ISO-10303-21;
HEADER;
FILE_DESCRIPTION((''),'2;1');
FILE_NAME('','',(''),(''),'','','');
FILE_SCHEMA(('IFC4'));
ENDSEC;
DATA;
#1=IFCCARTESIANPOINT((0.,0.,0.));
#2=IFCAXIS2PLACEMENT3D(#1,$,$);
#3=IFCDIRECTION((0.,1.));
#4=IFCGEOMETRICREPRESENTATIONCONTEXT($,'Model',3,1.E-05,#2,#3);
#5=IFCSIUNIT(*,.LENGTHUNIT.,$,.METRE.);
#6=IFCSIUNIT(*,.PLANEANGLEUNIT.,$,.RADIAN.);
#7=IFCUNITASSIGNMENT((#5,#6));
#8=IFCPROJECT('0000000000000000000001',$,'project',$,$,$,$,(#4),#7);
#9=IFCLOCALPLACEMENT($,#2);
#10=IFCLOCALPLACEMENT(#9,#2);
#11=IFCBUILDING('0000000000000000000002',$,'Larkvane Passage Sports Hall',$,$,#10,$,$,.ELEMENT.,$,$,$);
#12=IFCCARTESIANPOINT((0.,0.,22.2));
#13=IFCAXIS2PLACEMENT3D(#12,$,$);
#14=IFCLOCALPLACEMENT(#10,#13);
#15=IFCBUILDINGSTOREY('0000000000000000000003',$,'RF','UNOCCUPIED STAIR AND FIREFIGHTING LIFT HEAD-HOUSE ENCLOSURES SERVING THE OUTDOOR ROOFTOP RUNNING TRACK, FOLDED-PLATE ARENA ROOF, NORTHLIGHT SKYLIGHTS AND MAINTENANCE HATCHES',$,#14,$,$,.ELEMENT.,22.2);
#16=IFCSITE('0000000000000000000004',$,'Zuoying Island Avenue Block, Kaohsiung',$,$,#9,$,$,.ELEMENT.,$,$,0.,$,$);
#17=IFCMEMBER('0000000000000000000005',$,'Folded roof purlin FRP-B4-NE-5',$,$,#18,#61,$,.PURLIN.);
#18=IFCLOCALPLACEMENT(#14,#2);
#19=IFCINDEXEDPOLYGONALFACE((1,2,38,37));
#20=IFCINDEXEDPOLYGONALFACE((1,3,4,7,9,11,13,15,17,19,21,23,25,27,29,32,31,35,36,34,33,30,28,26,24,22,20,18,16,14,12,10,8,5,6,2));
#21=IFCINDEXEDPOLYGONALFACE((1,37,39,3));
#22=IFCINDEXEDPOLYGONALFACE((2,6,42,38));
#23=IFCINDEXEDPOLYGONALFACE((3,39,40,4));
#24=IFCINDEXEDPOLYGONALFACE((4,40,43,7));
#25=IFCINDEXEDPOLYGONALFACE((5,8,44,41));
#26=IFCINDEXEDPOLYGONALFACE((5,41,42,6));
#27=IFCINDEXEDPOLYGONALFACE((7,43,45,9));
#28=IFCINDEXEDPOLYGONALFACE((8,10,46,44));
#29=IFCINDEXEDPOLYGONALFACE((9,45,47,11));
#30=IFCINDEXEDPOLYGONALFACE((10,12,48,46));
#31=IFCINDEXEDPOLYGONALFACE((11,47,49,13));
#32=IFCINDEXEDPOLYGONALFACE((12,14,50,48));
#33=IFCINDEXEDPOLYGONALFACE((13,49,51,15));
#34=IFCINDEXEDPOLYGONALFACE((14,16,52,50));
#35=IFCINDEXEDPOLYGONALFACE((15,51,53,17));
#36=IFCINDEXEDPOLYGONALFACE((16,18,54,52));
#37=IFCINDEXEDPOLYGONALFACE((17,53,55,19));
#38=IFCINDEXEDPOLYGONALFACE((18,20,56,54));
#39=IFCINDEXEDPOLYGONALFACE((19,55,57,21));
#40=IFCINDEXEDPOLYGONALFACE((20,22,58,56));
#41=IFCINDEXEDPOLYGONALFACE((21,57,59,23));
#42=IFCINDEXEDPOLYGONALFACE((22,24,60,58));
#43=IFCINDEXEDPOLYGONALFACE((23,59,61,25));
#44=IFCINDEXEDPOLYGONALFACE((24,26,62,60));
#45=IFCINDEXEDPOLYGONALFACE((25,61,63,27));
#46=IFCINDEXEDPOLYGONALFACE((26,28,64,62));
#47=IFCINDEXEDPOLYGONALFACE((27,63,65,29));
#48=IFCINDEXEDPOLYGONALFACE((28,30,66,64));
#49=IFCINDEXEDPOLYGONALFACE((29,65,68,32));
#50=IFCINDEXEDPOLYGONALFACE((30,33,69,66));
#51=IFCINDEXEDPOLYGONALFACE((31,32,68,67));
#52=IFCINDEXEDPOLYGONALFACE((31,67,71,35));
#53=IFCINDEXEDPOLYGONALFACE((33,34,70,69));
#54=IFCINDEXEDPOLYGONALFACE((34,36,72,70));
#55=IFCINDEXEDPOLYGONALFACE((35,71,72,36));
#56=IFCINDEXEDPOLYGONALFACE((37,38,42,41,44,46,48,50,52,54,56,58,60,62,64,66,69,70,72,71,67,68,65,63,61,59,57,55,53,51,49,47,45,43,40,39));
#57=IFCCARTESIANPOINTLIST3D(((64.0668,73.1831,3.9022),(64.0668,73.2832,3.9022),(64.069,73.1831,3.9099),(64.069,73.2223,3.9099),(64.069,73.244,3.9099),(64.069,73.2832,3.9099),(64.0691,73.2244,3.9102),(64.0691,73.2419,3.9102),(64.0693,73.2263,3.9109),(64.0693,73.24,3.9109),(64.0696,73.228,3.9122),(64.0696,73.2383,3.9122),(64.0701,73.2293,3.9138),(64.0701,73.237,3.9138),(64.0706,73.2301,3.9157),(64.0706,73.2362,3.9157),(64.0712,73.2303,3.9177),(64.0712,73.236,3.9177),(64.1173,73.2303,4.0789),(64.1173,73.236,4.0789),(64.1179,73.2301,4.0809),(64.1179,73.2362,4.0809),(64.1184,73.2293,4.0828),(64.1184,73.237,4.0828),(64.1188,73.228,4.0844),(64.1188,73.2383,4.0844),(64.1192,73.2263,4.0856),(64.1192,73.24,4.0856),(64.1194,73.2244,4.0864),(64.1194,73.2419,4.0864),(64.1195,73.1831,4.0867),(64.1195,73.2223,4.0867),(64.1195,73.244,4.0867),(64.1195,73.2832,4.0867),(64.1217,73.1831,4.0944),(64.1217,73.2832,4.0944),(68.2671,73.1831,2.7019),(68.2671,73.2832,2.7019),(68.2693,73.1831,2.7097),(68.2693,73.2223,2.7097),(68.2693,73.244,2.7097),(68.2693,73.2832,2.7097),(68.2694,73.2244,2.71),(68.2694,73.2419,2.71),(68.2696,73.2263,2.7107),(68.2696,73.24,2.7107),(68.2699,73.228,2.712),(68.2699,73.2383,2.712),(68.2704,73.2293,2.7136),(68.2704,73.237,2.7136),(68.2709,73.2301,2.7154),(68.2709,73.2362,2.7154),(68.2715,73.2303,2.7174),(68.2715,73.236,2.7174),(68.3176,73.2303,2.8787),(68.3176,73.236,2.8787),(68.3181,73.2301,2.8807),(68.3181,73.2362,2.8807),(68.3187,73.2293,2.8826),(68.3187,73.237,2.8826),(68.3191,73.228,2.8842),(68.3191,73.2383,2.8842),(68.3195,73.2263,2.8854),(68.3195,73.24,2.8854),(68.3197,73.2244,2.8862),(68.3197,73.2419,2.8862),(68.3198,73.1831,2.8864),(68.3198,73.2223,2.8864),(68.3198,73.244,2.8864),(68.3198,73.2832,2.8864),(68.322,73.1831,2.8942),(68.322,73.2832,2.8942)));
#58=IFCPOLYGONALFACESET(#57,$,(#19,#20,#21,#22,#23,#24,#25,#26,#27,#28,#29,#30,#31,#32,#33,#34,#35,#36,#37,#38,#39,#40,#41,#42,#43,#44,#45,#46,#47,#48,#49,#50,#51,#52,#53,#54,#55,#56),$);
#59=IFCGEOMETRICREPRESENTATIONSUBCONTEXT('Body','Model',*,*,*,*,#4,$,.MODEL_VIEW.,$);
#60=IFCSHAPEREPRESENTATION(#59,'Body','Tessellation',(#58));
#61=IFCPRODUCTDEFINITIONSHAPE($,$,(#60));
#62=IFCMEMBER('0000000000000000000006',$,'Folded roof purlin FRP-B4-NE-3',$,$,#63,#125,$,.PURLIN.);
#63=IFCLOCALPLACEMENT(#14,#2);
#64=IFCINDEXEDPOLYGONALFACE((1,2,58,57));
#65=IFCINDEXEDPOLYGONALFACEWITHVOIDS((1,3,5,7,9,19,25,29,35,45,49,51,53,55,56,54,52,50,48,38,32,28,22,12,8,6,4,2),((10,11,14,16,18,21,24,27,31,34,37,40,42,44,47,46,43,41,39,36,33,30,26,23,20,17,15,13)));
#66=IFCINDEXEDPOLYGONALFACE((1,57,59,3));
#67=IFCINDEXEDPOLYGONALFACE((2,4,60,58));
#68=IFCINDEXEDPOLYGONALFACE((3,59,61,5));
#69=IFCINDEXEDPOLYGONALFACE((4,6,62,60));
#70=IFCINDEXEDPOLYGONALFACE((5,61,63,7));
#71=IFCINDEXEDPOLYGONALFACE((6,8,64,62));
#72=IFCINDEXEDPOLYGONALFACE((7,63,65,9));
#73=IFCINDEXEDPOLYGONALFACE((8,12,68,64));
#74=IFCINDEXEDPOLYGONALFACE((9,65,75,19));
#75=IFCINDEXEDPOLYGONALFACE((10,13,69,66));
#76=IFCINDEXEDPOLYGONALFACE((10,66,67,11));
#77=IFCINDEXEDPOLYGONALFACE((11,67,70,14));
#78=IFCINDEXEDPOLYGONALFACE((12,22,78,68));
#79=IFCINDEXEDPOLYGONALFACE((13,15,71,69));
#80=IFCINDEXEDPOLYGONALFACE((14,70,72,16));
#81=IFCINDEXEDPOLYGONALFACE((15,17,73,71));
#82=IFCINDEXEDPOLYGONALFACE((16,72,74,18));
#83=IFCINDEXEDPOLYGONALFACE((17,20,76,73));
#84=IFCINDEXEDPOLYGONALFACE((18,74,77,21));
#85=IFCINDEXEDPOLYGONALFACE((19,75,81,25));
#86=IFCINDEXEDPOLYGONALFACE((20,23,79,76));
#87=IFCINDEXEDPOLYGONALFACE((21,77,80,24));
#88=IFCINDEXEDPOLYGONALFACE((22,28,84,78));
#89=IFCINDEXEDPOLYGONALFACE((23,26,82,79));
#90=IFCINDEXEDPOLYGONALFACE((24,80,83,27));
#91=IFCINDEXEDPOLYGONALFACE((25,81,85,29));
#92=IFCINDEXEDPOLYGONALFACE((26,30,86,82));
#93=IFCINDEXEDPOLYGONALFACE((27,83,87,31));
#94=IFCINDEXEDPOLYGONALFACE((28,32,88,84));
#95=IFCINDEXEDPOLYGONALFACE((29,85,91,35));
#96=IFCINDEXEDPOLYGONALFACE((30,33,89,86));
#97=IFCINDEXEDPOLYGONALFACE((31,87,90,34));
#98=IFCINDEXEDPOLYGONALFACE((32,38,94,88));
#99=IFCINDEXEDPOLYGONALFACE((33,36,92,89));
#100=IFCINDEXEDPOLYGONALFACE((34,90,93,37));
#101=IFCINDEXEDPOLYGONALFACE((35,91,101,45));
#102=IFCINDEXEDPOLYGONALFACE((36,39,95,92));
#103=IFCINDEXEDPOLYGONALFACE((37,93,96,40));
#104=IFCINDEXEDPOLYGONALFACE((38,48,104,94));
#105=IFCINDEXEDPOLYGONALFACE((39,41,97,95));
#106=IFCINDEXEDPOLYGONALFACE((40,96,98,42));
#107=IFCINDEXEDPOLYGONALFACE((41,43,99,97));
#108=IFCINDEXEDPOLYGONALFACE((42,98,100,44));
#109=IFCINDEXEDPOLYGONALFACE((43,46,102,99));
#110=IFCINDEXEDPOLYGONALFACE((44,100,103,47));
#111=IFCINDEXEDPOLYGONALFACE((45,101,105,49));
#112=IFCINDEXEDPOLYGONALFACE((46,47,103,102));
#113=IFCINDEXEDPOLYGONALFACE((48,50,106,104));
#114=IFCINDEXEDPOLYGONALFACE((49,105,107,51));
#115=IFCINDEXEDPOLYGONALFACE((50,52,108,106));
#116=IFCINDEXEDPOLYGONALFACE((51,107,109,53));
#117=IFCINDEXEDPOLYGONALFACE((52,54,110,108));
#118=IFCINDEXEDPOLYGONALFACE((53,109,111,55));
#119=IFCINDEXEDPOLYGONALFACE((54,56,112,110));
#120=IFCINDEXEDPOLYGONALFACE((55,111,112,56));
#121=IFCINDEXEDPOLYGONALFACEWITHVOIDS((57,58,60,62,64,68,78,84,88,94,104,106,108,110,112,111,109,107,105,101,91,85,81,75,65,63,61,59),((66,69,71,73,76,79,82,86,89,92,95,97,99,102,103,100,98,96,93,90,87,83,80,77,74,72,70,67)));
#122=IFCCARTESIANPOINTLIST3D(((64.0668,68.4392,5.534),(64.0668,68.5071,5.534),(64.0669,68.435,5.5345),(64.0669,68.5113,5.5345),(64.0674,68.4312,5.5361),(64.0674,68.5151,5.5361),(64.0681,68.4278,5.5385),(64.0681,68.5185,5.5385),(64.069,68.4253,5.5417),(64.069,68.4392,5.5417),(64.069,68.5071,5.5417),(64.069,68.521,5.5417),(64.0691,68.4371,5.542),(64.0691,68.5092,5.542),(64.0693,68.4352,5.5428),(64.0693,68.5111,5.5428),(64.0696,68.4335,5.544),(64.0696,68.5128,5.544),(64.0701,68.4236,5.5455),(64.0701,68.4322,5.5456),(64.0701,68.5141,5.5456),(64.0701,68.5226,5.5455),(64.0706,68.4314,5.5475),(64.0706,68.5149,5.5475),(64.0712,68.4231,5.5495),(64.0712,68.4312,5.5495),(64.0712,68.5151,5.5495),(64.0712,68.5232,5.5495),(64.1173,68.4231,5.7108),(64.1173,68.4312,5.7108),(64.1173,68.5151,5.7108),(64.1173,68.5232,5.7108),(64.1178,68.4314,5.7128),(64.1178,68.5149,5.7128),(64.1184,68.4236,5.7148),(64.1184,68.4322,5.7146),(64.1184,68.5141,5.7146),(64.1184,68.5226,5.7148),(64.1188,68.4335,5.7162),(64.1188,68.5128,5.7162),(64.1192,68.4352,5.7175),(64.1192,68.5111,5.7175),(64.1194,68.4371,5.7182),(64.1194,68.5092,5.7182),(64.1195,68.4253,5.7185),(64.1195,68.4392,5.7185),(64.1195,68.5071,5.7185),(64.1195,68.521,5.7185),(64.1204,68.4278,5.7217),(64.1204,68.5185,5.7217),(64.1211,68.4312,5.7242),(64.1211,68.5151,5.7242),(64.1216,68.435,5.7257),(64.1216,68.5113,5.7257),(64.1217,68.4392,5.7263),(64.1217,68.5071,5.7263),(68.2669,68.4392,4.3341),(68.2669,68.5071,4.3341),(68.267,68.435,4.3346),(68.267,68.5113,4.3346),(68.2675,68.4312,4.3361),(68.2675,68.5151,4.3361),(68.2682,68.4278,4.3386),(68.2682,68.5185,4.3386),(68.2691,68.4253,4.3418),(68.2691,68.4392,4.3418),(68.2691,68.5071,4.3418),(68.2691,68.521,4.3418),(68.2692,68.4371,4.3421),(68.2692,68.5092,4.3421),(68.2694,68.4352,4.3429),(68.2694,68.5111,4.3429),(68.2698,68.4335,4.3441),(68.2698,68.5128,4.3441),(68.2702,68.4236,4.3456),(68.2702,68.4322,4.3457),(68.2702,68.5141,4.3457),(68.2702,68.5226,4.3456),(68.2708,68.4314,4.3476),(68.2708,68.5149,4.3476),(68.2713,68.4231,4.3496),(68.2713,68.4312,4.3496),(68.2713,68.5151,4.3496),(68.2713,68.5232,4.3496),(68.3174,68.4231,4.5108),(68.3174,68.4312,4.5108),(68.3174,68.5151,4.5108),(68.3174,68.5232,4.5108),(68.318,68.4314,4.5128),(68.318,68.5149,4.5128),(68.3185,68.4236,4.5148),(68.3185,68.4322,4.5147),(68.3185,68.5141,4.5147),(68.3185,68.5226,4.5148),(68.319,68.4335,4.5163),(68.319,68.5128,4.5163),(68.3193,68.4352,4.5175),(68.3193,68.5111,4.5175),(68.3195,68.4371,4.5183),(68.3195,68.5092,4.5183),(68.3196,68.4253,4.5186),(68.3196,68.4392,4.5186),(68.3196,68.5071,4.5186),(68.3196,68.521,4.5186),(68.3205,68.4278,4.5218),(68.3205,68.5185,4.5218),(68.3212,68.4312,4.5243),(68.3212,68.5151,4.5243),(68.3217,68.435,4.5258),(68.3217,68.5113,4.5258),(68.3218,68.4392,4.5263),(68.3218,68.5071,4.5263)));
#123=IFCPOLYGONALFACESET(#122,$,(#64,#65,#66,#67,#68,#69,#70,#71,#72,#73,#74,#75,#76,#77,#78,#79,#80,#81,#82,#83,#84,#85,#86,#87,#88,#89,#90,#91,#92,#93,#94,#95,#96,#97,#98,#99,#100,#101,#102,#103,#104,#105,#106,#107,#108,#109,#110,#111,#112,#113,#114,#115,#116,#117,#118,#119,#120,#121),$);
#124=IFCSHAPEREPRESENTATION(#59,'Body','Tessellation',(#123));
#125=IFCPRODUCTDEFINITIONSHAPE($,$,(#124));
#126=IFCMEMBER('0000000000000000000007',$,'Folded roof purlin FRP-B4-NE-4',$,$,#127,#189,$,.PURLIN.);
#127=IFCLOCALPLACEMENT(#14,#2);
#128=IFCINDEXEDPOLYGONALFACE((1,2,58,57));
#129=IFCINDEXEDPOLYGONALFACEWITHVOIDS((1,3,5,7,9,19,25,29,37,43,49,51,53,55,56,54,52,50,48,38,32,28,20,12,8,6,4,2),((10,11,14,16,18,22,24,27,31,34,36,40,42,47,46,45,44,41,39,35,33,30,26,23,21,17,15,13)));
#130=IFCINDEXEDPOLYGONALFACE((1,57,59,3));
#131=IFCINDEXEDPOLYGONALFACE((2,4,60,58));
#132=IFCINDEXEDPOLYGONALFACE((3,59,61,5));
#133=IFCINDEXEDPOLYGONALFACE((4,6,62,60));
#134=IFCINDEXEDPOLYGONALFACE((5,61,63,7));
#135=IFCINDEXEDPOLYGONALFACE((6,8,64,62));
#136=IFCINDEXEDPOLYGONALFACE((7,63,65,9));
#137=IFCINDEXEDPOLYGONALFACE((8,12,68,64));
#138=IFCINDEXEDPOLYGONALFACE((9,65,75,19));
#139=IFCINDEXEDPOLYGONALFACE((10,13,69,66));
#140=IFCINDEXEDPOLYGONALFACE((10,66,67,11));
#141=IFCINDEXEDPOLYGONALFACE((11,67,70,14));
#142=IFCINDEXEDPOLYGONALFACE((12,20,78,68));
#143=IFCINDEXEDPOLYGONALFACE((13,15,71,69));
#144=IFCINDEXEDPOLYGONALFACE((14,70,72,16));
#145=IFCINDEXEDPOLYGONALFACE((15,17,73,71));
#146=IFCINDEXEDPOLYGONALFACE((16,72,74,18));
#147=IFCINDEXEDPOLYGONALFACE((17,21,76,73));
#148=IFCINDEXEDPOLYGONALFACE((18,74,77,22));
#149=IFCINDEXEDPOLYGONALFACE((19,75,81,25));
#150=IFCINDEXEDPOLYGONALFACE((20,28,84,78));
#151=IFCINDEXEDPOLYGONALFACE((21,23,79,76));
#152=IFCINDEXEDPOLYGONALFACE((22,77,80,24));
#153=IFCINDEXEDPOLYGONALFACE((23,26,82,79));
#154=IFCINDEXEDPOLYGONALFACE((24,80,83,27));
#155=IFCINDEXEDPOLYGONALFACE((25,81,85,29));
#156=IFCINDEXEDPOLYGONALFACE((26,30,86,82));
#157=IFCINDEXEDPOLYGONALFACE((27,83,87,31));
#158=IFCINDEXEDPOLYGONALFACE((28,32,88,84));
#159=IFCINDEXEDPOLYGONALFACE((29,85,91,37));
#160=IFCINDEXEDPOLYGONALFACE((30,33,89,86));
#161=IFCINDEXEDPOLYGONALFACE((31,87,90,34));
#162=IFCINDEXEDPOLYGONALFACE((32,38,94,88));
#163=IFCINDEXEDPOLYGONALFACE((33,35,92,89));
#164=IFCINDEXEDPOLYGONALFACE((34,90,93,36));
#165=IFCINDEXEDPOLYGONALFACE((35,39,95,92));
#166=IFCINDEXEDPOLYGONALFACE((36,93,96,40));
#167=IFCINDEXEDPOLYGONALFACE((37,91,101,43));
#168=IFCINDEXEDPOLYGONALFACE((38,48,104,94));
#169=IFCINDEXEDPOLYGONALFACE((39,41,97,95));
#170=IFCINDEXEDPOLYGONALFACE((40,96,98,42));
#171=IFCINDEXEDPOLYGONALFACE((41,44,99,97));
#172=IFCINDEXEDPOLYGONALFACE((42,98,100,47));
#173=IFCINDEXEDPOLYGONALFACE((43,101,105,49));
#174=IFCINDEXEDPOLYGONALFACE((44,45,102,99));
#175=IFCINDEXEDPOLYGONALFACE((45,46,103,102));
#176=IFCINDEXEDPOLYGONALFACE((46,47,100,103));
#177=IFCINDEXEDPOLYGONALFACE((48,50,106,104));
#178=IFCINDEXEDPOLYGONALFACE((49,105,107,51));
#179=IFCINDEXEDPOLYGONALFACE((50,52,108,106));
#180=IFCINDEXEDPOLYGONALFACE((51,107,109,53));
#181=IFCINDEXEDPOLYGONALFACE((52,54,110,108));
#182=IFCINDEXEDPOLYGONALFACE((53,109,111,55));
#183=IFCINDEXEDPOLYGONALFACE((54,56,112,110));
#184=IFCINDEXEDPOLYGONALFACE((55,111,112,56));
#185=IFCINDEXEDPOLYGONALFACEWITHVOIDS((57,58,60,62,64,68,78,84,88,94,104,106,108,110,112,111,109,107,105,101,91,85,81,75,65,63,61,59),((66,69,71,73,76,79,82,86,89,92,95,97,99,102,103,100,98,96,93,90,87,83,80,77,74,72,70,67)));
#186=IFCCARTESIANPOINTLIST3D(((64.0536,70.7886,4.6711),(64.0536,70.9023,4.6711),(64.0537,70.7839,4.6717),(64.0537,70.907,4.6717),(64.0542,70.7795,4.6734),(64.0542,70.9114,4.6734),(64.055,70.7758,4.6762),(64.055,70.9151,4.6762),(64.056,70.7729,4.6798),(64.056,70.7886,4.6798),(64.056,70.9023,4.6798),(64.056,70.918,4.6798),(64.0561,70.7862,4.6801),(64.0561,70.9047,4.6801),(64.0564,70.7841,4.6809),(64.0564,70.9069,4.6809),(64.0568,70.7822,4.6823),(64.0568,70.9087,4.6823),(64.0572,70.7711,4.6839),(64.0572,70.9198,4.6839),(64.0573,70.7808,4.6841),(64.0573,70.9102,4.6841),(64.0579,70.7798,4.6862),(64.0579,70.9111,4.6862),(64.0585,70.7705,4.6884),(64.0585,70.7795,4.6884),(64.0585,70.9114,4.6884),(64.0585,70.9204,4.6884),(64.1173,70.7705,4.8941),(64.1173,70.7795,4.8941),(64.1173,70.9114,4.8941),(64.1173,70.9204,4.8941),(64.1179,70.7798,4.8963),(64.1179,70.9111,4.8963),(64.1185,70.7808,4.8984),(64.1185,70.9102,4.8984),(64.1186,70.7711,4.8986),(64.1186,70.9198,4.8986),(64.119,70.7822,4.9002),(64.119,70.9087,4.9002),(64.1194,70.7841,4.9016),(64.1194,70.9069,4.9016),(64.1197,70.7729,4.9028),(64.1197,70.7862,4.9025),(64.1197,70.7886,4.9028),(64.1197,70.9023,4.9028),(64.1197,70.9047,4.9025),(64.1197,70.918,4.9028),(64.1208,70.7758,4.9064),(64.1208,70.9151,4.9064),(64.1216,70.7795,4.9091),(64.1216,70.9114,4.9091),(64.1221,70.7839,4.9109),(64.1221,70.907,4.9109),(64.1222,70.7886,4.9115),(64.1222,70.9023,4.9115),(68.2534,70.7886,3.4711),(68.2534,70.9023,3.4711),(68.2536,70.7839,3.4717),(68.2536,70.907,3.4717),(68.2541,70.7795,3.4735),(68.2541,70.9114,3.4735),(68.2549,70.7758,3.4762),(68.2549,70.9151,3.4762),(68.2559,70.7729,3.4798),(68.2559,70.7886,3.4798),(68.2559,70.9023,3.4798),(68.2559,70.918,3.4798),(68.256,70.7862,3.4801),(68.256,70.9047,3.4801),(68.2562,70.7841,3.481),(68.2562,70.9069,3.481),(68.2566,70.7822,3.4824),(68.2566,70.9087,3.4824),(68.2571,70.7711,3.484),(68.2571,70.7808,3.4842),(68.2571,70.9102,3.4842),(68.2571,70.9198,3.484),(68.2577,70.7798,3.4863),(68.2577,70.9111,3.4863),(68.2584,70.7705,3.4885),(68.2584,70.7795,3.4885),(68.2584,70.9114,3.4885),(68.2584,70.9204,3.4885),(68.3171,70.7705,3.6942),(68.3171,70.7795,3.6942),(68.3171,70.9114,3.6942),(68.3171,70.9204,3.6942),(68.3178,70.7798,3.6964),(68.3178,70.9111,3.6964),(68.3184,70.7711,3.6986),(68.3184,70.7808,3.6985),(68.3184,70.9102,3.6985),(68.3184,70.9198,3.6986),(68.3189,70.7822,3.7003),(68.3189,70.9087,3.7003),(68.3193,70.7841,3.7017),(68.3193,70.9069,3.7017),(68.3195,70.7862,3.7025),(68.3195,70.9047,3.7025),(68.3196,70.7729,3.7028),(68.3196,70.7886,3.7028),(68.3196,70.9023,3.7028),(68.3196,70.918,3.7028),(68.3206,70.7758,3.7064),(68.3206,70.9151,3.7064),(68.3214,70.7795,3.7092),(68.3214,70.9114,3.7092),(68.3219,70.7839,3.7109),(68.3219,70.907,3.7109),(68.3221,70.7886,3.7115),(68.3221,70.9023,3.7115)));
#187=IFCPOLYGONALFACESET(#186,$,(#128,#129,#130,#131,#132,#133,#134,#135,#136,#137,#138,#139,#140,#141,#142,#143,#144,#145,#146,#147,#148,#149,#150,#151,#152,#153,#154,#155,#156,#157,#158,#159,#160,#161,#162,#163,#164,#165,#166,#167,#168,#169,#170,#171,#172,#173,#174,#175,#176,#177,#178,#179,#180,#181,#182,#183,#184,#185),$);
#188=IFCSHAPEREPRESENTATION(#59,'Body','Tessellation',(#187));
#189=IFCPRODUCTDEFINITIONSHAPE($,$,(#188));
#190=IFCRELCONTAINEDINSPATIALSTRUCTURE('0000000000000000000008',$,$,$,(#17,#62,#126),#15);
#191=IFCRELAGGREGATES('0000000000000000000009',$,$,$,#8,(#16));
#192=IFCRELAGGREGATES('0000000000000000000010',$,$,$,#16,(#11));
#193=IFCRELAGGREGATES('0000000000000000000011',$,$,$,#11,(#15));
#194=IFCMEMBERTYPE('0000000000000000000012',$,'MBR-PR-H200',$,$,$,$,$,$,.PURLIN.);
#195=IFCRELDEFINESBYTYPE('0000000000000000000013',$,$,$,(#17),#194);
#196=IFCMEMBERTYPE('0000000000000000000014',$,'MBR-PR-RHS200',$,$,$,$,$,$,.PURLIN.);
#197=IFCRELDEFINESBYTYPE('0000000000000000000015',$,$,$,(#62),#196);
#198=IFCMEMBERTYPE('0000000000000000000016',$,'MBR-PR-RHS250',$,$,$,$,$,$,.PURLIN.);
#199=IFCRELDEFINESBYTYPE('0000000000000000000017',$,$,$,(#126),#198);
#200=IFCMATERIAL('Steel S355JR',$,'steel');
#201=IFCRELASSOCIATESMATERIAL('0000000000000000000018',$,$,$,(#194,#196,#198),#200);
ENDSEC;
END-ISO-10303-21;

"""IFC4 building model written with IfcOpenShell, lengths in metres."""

from ifc_helpers import new_model, si_unit, direction, frame, origin, origin_2d, place, context, subcontext, project, spatial, hollow_rectangle, i_section, extrude, material, material_profile, profile_set, type_object, element, save


model = new_model("IFC4")

# Units and contexts
model_context = context("Model", 3, precision=1e-05, world=origin(), true_north=direction((0.0, 1.0)))
body_context = subcontext(model_context, "Body", "Model", "MODEL_VIEW")
ifc_project = project(units=[si_unit("LENGTHUNIT", "METRE"), si_unit("PLANEANGLEUNIT", "RADIAN")], contexts=[model_context])

# Site, building, storey
site_placement = place(None, origin())
site = spatial("IfcSite", under=ifc_project, at=site_placement, Name="Zuoying Island Avenue Block, Kaohsiung", CompositionType="ELEMENT", RefElevation=0.0)
building_placement = place(site_placement, origin())
building = spatial("IfcBuilding", under=site, at=building_placement, Name="Larkvane Passage Sports Hall", CompositionType="ELEMENT")
storey_placement = place(building_placement, frame((0.0, 0.0, 22.2)))
storey = spatial("IfcBuildingStorey", under=building, at=storey_placement, Name="RF", Description="UNOCCUPIED STAIR AND FIREFIGHTING LIFT HEAD-HOUSE ENCLOSURES SERVING THE OUTDOOR ROOFTOP RUNNING TRACK, FOLDED-PLATE ARENA ROOF, NORTHLIGHT SKYLIGHTS AND MAINTENANCE HATCHES", CompositionType="ELEMENT", Elevation=22.2)

# Members
ifc_material_1 = material(Name="Steel S355JR", Category="steel")
ifc_material_profile_1 = material_profile(ifc_material_1, i_section(OverallWidth=0.1001, OverallDepth=0.2, WebThickness=0.0056, FlangeThickness=0.0081, FilletRadius=0.0081, at=origin_2d()), Name="H-200x100x5.5x8")
ifc_profile_set_1 = profile_set([ifc_material_profile_1], Name="Steel S355JR")
member_type_1 = type_object("IfcMemberType", Name="MBR-PR-H200", PredefinedType="PURLIN", material=ifc_profile_set_1)
member_1_placement = place(storey_placement, frame((64.0942, 73.2332, 3.9983), z_axis=(0.961516, 0.0, -0.274751), x_axis=(0.0, 1.0, 0.0)))
element("IfcMember", 1, at=member_1_placement, inside=storey, type_object=member_type_1, Name="Folded roof purlin FRP-B4-NE-5", PredefinedType="PURLIN", context=body_context, shape_type="SweptSolid", body=[
    extrude(i_section(OverallWidth=0.1001, OverallDepth=0.2, WebThickness=0.0056, FlangeThickness=0.0081, FilletRadius=0.0081, at=origin_2d()), origin(), (0.0, 0.0, 1.0), 4.3684),
])
ifc_material_profile_2 = material_profile(ifc_material_1, hollow_rectangle(XDim=0.1001, YDim=0.2, WallThickness=0.0081, InnerFilletRadius=0.0081, OuterFilletRadius=0.0161, at=origin_2d()), Name="RHS-200x100x8")
ifc_profile_set_2 = profile_set([ifc_material_profile_2], Name="Steel S355JR")
member_type_2 = type_object("IfcMemberType", Name="MBR-PR-RHS200", PredefinedType="PURLIN", material=ifc_profile_set_2)
member_2_placement = place(storey_placement, frame((64.0942, 68.4731, 5.6301), z_axis=(0.96153, 0.0, -0.274699), x_axis=(0.0, 1.0, 0.0)))
element("IfcMember", 2, at=member_2_placement, inside=storey, type_object=member_type_2, Name="Folded roof purlin FRP-B4-NE-3", PredefinedType="PURLIN", context=body_context, shape_type="SweptSolid", body=[
    extrude(hollow_rectangle(XDim=0.1001, YDim=0.2, WallThickness=0.0081, InnerFilletRadius=0.0081, OuterFilletRadius=0.0161, at=origin_2d()), origin(), (0.0, 0.0, 1.0), 4.3682),
])
ifc_material_profile_3 = material_profile(ifc_material_1, hollow_rectangle(XDim=0.1499, YDim=0.25, WallThickness=0.009, InnerFilletRadius=0.009, OuterFilletRadius=0.0181, at=origin_2d()), Name="RHS-250x150x9")
ifc_profile_set_3 = profile_set([ifc_material_profile_3], Name="Steel S355JR")
member_type_3 = type_object("IfcMemberType", Name="MBR-PR-RHS250", PredefinedType="PURLIN", material=ifc_profile_set_3)
member_3_placement = place(storey_placement, frame((64.0879, 70.8455, 4.7913), z_axis=(0.961526, 0.0, -0.274714), x_axis=(0.0, 1.0, 0.0)))
element("IfcMember", 3, at=member_3_placement, inside=storey, type_object=member_type_3, Name="Folded roof purlin FRP-B4-NE-4", PredefinedType="PURLIN", context=body_context, shape_type="SweptSolid", body=[
    extrude(hollow_rectangle(XDim=0.1499, YDim=0.25, WallThickness=0.009, InnerFilletRadius=0.009, OuterFilletRadius=0.0181, at=origin_2d()), origin(), (0.0, 0.0, 1.0), 4.3679),
])

save(model, "model.ifc")
